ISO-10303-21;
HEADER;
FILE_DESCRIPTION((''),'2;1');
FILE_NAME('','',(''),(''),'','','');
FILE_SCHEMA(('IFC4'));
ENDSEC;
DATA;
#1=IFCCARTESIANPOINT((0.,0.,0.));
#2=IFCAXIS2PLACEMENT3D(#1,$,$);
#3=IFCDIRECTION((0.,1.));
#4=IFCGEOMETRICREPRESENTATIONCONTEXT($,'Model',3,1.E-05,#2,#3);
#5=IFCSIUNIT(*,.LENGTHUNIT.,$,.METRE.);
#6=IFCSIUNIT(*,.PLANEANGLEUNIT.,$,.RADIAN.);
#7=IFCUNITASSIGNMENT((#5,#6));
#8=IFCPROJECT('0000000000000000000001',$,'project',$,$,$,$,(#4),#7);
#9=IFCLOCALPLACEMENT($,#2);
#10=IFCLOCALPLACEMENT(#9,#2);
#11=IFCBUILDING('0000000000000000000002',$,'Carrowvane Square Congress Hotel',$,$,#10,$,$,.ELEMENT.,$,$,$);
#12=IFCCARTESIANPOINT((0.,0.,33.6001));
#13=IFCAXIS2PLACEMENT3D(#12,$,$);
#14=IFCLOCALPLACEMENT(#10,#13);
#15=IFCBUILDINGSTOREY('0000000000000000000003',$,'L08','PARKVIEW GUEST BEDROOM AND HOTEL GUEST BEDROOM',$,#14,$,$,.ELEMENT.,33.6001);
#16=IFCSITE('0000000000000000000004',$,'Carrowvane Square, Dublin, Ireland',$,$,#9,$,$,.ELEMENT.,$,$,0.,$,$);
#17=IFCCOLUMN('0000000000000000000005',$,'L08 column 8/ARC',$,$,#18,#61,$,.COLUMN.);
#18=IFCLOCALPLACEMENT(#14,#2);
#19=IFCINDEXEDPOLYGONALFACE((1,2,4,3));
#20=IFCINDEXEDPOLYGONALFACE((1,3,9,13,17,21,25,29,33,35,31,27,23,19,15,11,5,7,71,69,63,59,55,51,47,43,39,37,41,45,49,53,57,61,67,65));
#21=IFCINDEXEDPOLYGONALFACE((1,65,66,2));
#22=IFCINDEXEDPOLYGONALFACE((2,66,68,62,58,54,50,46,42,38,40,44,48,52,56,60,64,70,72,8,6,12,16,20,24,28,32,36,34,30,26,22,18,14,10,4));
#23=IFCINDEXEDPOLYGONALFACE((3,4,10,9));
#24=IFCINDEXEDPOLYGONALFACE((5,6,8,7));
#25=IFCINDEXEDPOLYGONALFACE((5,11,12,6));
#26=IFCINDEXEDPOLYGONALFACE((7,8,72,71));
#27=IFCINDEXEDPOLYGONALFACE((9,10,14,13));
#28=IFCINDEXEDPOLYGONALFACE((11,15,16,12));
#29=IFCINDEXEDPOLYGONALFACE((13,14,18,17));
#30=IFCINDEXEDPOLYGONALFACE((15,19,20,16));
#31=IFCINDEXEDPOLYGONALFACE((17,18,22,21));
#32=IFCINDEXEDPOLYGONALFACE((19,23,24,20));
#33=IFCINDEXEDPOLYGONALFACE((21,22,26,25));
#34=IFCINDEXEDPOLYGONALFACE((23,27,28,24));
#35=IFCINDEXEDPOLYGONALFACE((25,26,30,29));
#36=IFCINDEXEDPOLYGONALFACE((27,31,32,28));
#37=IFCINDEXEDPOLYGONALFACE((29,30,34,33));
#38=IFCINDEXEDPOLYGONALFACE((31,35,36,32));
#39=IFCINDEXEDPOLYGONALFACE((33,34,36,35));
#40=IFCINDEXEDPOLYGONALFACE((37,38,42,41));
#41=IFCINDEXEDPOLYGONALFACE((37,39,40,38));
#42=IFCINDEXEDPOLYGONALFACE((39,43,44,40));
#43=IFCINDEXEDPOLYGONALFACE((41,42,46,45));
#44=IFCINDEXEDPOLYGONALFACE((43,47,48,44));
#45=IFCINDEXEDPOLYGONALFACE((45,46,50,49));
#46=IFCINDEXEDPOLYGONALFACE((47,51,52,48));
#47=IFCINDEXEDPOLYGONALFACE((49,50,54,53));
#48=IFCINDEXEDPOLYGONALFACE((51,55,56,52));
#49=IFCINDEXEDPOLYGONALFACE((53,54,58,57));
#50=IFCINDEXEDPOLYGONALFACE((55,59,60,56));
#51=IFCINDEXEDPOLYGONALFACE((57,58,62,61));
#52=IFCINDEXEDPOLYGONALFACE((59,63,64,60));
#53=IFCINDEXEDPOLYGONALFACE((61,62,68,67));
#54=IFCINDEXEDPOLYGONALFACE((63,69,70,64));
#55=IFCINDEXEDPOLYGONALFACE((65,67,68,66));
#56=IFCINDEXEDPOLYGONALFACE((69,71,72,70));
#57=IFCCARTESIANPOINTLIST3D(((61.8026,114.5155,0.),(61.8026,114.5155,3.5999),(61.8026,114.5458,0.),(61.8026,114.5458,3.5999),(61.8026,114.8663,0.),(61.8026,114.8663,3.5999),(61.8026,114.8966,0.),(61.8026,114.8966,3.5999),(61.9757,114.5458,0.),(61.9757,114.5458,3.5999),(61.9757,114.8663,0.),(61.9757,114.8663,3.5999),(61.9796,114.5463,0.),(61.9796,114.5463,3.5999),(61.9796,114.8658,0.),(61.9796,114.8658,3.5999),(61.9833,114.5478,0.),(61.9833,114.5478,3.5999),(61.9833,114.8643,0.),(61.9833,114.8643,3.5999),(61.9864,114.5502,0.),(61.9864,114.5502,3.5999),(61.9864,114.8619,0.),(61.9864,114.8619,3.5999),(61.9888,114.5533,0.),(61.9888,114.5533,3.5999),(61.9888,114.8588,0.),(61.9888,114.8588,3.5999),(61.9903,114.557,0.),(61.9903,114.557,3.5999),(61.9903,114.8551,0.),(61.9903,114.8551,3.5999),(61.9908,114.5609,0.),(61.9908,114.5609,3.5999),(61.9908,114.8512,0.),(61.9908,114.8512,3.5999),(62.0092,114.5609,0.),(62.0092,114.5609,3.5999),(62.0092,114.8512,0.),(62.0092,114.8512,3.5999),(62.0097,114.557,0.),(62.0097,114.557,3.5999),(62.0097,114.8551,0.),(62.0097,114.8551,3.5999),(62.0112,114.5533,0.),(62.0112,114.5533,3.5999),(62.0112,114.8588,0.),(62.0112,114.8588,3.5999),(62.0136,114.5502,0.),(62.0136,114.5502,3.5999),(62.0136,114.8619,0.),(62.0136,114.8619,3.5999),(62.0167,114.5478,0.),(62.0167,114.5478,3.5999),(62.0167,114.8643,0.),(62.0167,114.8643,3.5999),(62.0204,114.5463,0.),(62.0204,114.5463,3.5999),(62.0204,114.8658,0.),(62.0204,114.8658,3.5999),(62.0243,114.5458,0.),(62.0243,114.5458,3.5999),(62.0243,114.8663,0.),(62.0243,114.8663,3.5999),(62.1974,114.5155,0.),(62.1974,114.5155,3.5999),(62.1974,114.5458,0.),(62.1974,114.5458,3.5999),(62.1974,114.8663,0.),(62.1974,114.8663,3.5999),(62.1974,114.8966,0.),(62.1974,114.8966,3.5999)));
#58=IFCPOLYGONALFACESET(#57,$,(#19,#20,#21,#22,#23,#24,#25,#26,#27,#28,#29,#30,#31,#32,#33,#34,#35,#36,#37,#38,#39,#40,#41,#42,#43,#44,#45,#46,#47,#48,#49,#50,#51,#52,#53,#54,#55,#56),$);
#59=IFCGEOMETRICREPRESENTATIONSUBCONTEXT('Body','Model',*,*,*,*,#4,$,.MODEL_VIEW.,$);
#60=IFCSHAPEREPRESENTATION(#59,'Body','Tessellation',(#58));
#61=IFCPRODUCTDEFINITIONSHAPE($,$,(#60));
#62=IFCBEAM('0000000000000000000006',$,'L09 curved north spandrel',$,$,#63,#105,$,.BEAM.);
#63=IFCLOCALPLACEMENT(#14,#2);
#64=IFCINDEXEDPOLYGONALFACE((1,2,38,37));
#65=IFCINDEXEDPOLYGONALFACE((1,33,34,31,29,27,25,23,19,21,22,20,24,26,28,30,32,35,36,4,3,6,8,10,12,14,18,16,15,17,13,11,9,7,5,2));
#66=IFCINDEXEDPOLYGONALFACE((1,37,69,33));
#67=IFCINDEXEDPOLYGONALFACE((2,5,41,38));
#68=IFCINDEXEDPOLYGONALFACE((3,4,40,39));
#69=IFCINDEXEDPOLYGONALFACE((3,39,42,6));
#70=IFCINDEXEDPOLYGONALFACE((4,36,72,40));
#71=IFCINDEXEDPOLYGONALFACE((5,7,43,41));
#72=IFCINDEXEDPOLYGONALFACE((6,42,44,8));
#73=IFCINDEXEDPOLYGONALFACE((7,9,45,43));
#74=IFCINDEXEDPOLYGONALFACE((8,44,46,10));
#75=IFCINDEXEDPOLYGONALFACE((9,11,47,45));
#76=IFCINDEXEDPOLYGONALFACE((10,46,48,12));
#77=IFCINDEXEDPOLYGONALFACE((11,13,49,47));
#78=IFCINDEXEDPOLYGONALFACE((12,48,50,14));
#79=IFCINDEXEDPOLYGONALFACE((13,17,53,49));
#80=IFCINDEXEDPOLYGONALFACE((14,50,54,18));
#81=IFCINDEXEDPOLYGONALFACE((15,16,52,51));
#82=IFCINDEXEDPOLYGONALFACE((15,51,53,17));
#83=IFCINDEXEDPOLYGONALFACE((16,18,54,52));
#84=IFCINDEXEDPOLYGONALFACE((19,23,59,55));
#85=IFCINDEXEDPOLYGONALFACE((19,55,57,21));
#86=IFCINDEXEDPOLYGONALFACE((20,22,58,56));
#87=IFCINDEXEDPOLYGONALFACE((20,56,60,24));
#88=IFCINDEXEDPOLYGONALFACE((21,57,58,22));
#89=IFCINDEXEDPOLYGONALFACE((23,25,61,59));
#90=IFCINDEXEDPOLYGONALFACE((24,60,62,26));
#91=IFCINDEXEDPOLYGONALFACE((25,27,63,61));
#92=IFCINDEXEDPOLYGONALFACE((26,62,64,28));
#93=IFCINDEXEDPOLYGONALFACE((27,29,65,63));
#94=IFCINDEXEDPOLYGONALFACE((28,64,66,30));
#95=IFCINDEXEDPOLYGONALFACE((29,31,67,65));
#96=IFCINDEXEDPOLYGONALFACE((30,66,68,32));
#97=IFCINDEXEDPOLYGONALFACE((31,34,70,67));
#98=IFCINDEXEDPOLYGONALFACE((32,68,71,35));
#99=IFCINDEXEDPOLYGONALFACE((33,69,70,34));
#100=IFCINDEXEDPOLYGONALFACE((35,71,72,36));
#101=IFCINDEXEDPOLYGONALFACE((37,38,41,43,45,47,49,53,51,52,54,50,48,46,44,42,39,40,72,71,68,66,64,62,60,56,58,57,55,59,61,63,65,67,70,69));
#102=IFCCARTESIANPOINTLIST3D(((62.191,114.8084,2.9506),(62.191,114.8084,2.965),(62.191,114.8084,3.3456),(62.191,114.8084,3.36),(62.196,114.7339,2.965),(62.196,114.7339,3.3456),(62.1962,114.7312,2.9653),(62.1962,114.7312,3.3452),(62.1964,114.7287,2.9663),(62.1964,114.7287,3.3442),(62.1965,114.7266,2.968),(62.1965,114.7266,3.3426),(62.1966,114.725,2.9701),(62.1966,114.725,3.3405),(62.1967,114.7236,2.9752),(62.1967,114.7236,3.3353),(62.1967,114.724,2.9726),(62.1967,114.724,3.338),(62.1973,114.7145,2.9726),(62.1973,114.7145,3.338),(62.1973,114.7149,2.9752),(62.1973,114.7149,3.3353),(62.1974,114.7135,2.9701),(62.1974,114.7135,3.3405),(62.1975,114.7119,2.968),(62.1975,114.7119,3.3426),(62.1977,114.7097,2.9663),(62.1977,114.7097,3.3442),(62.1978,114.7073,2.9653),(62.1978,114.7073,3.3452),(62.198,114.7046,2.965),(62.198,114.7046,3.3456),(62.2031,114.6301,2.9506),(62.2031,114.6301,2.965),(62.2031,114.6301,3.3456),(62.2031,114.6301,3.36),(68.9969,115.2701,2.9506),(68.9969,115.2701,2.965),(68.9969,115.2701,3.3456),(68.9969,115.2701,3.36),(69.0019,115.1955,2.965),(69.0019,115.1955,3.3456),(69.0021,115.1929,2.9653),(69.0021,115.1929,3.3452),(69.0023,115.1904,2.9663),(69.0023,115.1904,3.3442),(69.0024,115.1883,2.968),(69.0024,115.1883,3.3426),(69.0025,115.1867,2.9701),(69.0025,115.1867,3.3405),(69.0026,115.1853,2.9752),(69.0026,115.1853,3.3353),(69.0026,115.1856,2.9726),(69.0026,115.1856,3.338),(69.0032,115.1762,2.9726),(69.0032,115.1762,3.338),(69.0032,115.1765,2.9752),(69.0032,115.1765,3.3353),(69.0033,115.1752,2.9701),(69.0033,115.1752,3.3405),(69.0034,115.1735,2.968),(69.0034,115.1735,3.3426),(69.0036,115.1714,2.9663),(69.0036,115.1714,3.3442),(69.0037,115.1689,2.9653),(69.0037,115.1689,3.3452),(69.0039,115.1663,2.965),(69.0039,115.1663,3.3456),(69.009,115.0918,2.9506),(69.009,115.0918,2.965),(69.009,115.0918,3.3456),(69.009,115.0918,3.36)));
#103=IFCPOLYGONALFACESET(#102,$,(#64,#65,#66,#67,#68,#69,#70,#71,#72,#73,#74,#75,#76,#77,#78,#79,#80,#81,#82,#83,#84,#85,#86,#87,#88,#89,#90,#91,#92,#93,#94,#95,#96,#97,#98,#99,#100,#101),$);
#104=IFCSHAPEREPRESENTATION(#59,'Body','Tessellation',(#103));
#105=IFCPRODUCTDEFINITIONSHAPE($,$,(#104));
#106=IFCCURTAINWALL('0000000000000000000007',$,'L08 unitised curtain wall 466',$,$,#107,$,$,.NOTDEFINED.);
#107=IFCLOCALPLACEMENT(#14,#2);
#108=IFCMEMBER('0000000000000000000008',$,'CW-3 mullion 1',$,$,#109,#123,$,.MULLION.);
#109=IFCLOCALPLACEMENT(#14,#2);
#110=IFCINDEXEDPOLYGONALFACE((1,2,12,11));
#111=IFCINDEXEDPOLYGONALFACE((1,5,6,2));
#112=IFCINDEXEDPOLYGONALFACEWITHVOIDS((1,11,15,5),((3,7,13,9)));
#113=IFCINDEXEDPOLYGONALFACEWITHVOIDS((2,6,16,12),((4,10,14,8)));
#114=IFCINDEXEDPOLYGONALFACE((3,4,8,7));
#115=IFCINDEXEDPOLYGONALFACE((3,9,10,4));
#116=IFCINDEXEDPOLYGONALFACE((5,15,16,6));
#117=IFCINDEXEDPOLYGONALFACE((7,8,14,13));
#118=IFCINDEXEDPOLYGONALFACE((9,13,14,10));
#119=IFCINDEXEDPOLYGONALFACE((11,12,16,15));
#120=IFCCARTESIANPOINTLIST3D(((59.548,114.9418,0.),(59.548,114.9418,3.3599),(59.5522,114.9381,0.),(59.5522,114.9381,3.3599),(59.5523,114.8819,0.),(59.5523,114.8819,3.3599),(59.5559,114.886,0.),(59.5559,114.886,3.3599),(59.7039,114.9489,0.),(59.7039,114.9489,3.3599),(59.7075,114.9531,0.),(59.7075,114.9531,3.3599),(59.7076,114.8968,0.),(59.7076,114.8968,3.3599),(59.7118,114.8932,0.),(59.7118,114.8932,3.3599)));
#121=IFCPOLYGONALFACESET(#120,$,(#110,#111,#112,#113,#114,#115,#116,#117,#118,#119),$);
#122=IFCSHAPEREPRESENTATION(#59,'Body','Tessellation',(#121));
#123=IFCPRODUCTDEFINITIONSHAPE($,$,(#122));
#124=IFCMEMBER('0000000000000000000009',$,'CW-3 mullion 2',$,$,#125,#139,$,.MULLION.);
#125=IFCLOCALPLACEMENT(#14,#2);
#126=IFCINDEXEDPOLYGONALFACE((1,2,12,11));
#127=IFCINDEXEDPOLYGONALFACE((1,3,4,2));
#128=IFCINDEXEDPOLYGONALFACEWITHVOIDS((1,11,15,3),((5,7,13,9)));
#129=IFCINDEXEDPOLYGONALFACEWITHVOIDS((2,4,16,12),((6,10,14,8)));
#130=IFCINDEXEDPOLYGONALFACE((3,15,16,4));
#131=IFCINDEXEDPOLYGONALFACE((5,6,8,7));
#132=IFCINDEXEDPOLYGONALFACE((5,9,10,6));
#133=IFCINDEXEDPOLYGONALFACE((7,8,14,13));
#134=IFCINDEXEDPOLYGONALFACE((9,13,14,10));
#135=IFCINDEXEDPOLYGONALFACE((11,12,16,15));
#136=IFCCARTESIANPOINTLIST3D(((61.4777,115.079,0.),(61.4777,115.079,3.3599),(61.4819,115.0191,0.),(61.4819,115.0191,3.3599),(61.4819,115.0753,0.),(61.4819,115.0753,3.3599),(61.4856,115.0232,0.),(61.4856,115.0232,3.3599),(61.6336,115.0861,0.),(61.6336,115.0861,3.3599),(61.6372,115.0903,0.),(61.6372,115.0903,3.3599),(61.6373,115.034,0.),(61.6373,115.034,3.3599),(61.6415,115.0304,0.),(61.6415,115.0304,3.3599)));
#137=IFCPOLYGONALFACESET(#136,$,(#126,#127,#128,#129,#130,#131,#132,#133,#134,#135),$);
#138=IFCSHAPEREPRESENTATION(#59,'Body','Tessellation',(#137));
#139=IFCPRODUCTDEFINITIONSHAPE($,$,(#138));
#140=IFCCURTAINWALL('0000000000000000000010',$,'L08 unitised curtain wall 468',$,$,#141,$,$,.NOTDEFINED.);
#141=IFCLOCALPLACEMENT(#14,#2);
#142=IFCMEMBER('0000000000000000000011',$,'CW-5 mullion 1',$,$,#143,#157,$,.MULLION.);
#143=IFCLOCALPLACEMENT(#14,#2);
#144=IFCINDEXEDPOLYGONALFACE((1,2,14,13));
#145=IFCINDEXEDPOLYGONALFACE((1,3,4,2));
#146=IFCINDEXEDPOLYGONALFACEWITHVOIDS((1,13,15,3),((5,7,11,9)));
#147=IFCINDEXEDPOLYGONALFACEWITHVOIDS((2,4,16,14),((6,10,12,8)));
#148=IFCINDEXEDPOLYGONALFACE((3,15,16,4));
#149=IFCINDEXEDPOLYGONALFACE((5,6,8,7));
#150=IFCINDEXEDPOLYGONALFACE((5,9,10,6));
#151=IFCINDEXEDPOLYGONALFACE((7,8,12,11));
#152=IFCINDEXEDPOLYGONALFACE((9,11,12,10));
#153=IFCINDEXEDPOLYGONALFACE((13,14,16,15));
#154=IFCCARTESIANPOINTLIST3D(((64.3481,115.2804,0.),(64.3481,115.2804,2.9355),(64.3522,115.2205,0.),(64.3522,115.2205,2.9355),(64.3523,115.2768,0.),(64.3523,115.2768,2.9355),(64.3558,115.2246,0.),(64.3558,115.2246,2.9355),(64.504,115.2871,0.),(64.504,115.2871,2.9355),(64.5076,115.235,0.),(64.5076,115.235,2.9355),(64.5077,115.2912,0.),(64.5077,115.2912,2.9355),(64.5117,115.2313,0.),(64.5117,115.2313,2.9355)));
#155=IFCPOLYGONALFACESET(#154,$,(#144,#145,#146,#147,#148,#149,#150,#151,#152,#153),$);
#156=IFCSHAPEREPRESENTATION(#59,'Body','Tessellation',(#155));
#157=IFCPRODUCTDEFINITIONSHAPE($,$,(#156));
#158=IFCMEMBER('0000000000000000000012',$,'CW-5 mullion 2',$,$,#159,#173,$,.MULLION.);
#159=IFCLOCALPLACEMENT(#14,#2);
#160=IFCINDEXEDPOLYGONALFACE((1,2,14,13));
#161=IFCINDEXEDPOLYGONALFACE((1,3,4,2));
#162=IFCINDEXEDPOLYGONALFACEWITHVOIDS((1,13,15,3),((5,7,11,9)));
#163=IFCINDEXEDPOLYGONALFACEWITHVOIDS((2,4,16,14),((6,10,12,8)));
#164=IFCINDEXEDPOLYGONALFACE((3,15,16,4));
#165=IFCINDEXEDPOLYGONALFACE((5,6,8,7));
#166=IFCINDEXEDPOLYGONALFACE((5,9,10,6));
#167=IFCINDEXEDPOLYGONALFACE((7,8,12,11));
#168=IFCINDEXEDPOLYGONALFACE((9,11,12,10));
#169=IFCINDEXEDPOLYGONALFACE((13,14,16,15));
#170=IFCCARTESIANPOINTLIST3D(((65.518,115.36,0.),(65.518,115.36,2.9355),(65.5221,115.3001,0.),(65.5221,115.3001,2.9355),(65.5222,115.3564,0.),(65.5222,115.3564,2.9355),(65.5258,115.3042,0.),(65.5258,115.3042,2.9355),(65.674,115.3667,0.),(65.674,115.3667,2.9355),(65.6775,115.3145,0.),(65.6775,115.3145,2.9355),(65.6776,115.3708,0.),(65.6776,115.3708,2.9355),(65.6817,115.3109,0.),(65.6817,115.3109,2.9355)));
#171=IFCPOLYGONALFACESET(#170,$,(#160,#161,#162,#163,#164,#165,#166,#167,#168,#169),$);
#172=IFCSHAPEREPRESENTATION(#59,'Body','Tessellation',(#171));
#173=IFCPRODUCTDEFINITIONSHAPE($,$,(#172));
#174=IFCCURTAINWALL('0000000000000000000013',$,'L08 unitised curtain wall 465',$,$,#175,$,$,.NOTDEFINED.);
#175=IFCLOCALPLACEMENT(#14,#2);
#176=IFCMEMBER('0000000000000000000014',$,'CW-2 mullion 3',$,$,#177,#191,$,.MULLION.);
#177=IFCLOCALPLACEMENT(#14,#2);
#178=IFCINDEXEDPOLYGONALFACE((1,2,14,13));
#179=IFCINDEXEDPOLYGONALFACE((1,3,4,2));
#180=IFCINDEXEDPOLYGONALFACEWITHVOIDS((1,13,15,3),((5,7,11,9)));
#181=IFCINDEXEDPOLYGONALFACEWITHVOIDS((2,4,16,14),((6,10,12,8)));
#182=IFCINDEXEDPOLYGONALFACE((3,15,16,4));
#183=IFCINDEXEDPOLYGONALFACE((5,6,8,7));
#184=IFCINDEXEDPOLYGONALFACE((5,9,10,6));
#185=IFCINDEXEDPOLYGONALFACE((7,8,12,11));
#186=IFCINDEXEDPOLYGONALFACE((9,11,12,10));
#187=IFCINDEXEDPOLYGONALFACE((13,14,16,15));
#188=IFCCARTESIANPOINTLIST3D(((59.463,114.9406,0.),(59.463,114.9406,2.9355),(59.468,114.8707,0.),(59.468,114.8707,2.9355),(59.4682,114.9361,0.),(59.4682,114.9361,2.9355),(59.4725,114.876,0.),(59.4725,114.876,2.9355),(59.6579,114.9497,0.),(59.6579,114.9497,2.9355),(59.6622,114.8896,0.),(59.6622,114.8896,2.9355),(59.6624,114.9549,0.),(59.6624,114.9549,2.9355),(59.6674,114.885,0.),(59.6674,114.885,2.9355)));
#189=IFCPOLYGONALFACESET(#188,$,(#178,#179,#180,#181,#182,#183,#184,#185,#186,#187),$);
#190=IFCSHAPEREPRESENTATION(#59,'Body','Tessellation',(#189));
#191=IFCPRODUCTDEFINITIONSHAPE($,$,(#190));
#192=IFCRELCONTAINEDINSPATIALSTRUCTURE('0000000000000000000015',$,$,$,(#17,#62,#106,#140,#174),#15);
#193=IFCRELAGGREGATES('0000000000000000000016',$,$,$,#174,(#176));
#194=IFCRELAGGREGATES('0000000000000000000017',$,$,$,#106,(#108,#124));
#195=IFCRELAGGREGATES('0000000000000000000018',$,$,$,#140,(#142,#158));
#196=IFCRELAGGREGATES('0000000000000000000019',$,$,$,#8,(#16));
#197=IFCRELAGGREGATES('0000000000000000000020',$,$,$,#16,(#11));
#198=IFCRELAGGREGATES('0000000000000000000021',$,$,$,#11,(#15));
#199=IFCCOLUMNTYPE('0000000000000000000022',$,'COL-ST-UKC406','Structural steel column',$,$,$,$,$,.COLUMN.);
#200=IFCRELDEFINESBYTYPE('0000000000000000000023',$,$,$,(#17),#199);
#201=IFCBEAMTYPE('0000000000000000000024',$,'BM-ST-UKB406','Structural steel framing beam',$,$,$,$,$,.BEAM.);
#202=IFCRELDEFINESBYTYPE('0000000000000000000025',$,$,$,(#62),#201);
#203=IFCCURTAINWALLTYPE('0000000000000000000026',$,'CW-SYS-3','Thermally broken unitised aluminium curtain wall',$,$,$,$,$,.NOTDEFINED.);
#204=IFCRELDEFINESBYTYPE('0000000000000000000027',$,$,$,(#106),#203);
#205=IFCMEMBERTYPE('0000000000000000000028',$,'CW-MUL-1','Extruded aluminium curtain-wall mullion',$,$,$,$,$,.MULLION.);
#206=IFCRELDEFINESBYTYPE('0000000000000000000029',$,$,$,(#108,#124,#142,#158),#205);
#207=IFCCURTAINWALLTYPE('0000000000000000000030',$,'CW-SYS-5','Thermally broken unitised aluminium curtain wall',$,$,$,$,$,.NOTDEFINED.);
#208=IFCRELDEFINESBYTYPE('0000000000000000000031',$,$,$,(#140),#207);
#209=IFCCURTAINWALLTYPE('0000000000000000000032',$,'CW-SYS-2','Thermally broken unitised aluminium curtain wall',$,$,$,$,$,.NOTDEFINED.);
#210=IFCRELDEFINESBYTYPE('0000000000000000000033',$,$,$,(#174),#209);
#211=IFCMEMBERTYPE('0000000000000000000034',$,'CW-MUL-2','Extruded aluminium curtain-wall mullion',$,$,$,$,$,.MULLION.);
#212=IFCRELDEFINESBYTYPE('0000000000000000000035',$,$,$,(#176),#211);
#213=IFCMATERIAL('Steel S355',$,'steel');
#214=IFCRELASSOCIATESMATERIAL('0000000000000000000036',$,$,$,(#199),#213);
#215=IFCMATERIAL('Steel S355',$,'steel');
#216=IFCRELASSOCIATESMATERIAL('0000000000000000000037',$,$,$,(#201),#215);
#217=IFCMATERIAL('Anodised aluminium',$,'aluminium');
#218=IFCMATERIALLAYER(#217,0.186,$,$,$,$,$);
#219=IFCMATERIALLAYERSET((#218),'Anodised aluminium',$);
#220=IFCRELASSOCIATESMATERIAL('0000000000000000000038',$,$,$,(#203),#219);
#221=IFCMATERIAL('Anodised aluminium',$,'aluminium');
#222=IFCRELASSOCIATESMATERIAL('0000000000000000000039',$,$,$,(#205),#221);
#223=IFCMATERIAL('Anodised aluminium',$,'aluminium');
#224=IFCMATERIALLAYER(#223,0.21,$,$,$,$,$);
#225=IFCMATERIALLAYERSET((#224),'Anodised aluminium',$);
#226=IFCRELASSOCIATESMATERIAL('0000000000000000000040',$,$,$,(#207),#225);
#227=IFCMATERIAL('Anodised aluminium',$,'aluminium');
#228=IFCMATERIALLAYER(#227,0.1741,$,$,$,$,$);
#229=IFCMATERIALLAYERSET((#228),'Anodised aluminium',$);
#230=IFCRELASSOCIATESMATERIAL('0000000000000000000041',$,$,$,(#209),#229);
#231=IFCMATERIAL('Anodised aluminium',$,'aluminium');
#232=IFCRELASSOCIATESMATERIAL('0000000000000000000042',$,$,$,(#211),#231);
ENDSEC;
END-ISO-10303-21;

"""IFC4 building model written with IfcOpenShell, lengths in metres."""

from ifc_helpers import new_model, si_unit, direction, frame, origin, origin_2d, place, context, subcontext, project, spatial, hollow_rectangle, i_section, extrude, material, layer, layer_set, material_profile, profile_set, type_object, element, aggregate, save


model = new_model("IFC4")

# Units and contexts
model_context = context("Model", 3, precision=1e-05, world=origin(), true_north=direction((0.0, 1.0)))
body_context = subcontext(model_context, "Body", "Model", "MODEL_VIEW")
ifc_project = project(units=[si_unit("LENGTHUNIT", "METRE"), si_unit("PLANEANGLEUNIT", "RADIAN")], contexts=[model_context])

# Site, building, storey
site_placement = place(None, origin())
site = spatial("IfcSite", under=ifc_project, at=site_placement, Name="Carrowvane Square, Dublin, Ireland", CompositionType="ELEMENT", RefElevation=0.0)
building_placement = place(site_placement, origin())
building = spatial("IfcBuilding", under=site, at=building_placement, Name="Carrowvane Square Congress Hotel", CompositionType="ELEMENT")
storey_placement = place(building_placement, frame((0.0, 0.0, 33.6001)))
storey = spatial("IfcBuildingStorey", under=building, at=storey_placement, Name="L08", Description="PARKVIEW GUEST BEDROOM AND HOTEL GUEST BEDROOM", CompositionType="ELEMENT", Elevation=33.6001)

# Column
ifc_material_1 = material(Name="Steel S355", Category="steel")
ifc_material_profile_1 = material_profile(ifc_material_1, i_section(OverallWidth=0.3948, OverallDepth=0.3811, WebThickness=0.0183, FlangeThickness=0.0303, FilletRadius=0.0151, at=origin_2d()), Name="UKC 356x406x235")
ifc_profile_set_1 = profile_set([ifc_material_profile_1], Name="Steel S355")
column_type = type_object("IfcColumnType", Name="COL-ST-UKC406", Description="Structural steel column", PredefinedType="COLUMN", material=ifc_profile_set_1)
column_placement = place(storey_placement, frame((62.0, 114.7061, 0.0), z_axis=(0.0, 0.0, 1.0), x_axis=(1.0, 0.0, 0.0)))
element("IfcColumn", 1, at=column_placement, inside=storey, type_object=column_type, Name="L08 column 8/ARC", PredefinedType="COLUMN", context=body_context, shape_type="SweptSolid", body=[
    extrude(i_section(OverallWidth=0.3948, OverallDepth=0.3811, WebThickness=0.0183, FlangeThickness=0.0303, FilletRadius=0.0151, at=origin_2d()), origin(), (0.0, 0.0, 1.0), 3.5999),
])

# Beam
ifc_material_2 = material(Name="Steel S355", Category="steel")
ifc_material_profile_2 = material_profile(ifc_material_2, i_section(OverallWidth=0.1787, OverallDepth=0.4094, WebThickness=0.0088, FlangeThickness=0.0144, FilletRadius=0.0103, at=origin_2d()), Name="UKB 406x178x67")
ifc_profile_set_2 = profile_set([ifc_material_profile_2], Name="Steel S355")
beam_type = type_object("IfcBeamType", Name="BM-ST-UKB406", Description="Structural steel framing beam", PredefinedType="BEAM", material=ifc_profile_set_2)
beam_placement = place(storey_placement, frame((62.197, 114.7192, 3.1553), z_axis=(0.997707, 0.067678, 0.0), x_axis=(-0.067678, 0.997707, 0.0)))
element("IfcBeam", 2, at=beam_placement, inside=storey, type_object=beam_type, Name="L09 curved north spandrel", PredefinedType="BEAM", context=body_context, shape_type="SweptSolid", body=[
    extrude(i_section(OverallWidth=0.1787, OverallDepth=0.4094, WebThickness=0.0088, FlangeThickness=0.0144, FilletRadius=0.0103, at=origin_2d()), origin(), (0.0, 0.0, 1.0), 6.8215),
])

# Curtain walls, members
ifc_material_3 = material(Name="Anodised aluminium", Category="aluminium")
ifc_layer_1 = layer(ifc_material_3, 0.186)
ifc_layer_set_1 = layer_set([ifc_layer_1], Name="Anodised aluminium")
curtain_wall_type_1 = type_object("IfcCurtainWallType", Name="CW-SYS-3", Description="Thermally broken unitised aluminium curtain wall", PredefinedType="NOTDEFINED", material=ifc_layer_set_1)
curtain_wall_1_placement = place(storey_placement, origin())
curtain_wall_1 = element("IfcCurtainWall", 3, at=curtain_wall_1_placement, inside=storey, type_object=curtain_wall_type_1, Name="L08 unitised curtain wall 466", PredefinedType="NOTDEFINED")
ifc_material_4 = material(Name="Anodised aluminium", Category="aluminium")
ifc_material_profile_3 = material_profile(ifc_material_4, hollow_rectangle(XDim=0.0601, YDim=0.1599, WallThickness=0.0039, at=origin_2d()), Name="CW-ML 60x160x4")
ifc_profile_set_3 = profile_set([ifc_material_profile_3], Name="Anodised aluminium")
member_type_1 = type_object("IfcMemberType", Name="CW-MUL-1", Description="Extruded aluminium curtain-wall mullion", PredefinedType="MULLION", material=ifc_profile_set_3)
member_1_placement = place(storey_placement, frame((59.6299, 114.9175, 0.0), z_axis=(0.0, 0.0, 1.0), x_axis=(-0.07096, 0.997479, 0.0)))
member_1 = element("IfcMember", 4, at=member_1_placement, type_object=member_type_1, Name="CW-3 mullion 1", PredefinedType="MULLION", context=body_context, shape_type="SweptSolid", body=[
    extrude(hollow_rectangle(XDim=0.0601, YDim=0.1599, WallThickness=0.0039, at=origin_2d()), origin(), (0.0, 0.0, 1.0), 3.3599),
])
member_2_placement = place(storey_placement, frame((61.5596, 115.0547, 0.0), z_axis=(0.0, 0.0, 1.0), x_axis=(-0.07096, 0.997479, 0.0)))
member_2 = element("IfcMember", 5, at=member_2_placement, type_object=member_type_1, Name="CW-3 mullion 2", PredefinedType="MULLION", context=body_context, shape_type="SweptSolid", body=[
    extrude(hollow_rectangle(XDim=0.0601, YDim=0.1599, WallThickness=0.0039, at=origin_2d()), origin(), (0.0, 0.0, 1.0), 3.3599),
])
ifc_material_5 = material(Name="Anodised aluminium", Category="aluminium")
ifc_layer_2 = layer(ifc_material_5, 0.21)
ifc_layer_set_2 = layer_set([ifc_layer_2], Name="Anodised aluminium")
curtain_wall_type_2 = type_object("IfcCurtainWallType", Name="CW-SYS-5", Description="Thermally broken unitised aluminium curtain wall", PredefinedType="NOTDEFINED", material=ifc_layer_set_2)
curtain_wall_2_placement = place(storey_placement, origin())
curtain_wall_2 = element("IfcCurtainWall", 6, at=curtain_wall_2_placement, inside=storey, type_object=curtain_wall_type_2, Name="L08 unitised curtain wall 468", PredefinedType="NOTDEFINED")
member_3_placement = place(storey_placement, frame((64.4299, 115.2559, 0.0), z_axis=(0.0, 0.0, 1.0), x_axis=(-0.067865, 0.997694, 0.0)))
member_3 = element("IfcMember", 7, at=member_3_placement, type_object=member_type_1, Name="CW-5 mullion 1", PredefinedType="MULLION", context=body_context, shape_type="SweptSolid", body=[
    extrude(hollow_rectangle(XDim=0.0601, YDim=0.1599, WallThickness=0.0039, at=origin_2d()), origin(), (0.0, 0.0, 1.0), 2.9355),
])
member_4_placement = place(storey_placement, frame((65.5999, 115.3354, 0.0), z_axis=(0.0, 0.0, 1.0), x_axis=(-0.067865, 0.997694, 0.0)))
member_4 = element("IfcMember", 8, at=member_4_placement, type_object=member_type_1, Name="CW-5 mullion 2", PredefinedType="MULLION", context=body_context, shape_type="SweptSolid", body=[
    extrude(hollow_rectangle(XDim=0.0601, YDim=0.1599, WallThickness=0.0039, at=origin_2d()), origin(), (0.0, 0.0, 1.0), 2.9355),
])

# Curtain wall, member
ifc_material_6 = material(Name="Anodised aluminium", Category="aluminium")
ifc_layer_3 = layer(ifc_material_6, 0.1741)
ifc_layer_set_3 = layer_set([ifc_layer_3], Name="Anodised aluminium")
curtain_wall_type_3 = type_object("IfcCurtainWallType", Name="CW-SYS-2", Description="Thermally broken unitised aluminium curtain wall", PredefinedType="NOTDEFINED", material=ifc_layer_set_3)
curtain_wall_3_placement = place(storey_placement, origin())
curtain_wall_3 = element("IfcCurtainWall", 9, at=curtain_wall_3_placement, inside=storey, type_object=curtain_wall_type_3, Name="L08 unitised curtain wall 465", PredefinedType="NOTDEFINED")
ifc_material_7 = material(Name="Anodised aluminium", Category="aluminium")
ifc_material_profile_4 = material_profile(ifc_material_7, hollow_rectangle(XDim=0.0701, YDim=0.2, WallThickness=0.0049, at=origin_2d()), Name="CW-ML 70x200x5")
ifc_profile_set_4 = profile_set([ifc_material_profile_4], Name="Anodised aluminium")
member_type_2 = type_object("IfcMemberType", Name="CW-MUL-2", Description="Extruded aluminium curtain-wall mullion", PredefinedType="MULLION", material=ifc_profile_set_4)
member_5_placement = place(storey_placement, frame((59.5652, 114.9128, 0.0), z_axis=(0.0, 0.0, 1.0), x_axis=(-0.071532, 0.997438, 0.0)))
member_5 = element("IfcMember", 10, at=member_5_placement, type_object=member_type_2, Name="CW-2 mullion 3", PredefinedType="MULLION", context=body_context, shape_type="SweptSolid", body=[
    extrude(hollow_rectangle(XDim=0.0701, YDim=0.2, WallThickness=0.0049, at=origin_2d()), origin(), (0.0, 0.0, 1.0), 2.9355),
])

aggregate(curtain_wall_3, [member_5])
aggregate(curtain_wall_1, [member_1, member_2])
aggregate(curtain_wall_2, [member_3, member_4])

save(model, "model.ifc")
